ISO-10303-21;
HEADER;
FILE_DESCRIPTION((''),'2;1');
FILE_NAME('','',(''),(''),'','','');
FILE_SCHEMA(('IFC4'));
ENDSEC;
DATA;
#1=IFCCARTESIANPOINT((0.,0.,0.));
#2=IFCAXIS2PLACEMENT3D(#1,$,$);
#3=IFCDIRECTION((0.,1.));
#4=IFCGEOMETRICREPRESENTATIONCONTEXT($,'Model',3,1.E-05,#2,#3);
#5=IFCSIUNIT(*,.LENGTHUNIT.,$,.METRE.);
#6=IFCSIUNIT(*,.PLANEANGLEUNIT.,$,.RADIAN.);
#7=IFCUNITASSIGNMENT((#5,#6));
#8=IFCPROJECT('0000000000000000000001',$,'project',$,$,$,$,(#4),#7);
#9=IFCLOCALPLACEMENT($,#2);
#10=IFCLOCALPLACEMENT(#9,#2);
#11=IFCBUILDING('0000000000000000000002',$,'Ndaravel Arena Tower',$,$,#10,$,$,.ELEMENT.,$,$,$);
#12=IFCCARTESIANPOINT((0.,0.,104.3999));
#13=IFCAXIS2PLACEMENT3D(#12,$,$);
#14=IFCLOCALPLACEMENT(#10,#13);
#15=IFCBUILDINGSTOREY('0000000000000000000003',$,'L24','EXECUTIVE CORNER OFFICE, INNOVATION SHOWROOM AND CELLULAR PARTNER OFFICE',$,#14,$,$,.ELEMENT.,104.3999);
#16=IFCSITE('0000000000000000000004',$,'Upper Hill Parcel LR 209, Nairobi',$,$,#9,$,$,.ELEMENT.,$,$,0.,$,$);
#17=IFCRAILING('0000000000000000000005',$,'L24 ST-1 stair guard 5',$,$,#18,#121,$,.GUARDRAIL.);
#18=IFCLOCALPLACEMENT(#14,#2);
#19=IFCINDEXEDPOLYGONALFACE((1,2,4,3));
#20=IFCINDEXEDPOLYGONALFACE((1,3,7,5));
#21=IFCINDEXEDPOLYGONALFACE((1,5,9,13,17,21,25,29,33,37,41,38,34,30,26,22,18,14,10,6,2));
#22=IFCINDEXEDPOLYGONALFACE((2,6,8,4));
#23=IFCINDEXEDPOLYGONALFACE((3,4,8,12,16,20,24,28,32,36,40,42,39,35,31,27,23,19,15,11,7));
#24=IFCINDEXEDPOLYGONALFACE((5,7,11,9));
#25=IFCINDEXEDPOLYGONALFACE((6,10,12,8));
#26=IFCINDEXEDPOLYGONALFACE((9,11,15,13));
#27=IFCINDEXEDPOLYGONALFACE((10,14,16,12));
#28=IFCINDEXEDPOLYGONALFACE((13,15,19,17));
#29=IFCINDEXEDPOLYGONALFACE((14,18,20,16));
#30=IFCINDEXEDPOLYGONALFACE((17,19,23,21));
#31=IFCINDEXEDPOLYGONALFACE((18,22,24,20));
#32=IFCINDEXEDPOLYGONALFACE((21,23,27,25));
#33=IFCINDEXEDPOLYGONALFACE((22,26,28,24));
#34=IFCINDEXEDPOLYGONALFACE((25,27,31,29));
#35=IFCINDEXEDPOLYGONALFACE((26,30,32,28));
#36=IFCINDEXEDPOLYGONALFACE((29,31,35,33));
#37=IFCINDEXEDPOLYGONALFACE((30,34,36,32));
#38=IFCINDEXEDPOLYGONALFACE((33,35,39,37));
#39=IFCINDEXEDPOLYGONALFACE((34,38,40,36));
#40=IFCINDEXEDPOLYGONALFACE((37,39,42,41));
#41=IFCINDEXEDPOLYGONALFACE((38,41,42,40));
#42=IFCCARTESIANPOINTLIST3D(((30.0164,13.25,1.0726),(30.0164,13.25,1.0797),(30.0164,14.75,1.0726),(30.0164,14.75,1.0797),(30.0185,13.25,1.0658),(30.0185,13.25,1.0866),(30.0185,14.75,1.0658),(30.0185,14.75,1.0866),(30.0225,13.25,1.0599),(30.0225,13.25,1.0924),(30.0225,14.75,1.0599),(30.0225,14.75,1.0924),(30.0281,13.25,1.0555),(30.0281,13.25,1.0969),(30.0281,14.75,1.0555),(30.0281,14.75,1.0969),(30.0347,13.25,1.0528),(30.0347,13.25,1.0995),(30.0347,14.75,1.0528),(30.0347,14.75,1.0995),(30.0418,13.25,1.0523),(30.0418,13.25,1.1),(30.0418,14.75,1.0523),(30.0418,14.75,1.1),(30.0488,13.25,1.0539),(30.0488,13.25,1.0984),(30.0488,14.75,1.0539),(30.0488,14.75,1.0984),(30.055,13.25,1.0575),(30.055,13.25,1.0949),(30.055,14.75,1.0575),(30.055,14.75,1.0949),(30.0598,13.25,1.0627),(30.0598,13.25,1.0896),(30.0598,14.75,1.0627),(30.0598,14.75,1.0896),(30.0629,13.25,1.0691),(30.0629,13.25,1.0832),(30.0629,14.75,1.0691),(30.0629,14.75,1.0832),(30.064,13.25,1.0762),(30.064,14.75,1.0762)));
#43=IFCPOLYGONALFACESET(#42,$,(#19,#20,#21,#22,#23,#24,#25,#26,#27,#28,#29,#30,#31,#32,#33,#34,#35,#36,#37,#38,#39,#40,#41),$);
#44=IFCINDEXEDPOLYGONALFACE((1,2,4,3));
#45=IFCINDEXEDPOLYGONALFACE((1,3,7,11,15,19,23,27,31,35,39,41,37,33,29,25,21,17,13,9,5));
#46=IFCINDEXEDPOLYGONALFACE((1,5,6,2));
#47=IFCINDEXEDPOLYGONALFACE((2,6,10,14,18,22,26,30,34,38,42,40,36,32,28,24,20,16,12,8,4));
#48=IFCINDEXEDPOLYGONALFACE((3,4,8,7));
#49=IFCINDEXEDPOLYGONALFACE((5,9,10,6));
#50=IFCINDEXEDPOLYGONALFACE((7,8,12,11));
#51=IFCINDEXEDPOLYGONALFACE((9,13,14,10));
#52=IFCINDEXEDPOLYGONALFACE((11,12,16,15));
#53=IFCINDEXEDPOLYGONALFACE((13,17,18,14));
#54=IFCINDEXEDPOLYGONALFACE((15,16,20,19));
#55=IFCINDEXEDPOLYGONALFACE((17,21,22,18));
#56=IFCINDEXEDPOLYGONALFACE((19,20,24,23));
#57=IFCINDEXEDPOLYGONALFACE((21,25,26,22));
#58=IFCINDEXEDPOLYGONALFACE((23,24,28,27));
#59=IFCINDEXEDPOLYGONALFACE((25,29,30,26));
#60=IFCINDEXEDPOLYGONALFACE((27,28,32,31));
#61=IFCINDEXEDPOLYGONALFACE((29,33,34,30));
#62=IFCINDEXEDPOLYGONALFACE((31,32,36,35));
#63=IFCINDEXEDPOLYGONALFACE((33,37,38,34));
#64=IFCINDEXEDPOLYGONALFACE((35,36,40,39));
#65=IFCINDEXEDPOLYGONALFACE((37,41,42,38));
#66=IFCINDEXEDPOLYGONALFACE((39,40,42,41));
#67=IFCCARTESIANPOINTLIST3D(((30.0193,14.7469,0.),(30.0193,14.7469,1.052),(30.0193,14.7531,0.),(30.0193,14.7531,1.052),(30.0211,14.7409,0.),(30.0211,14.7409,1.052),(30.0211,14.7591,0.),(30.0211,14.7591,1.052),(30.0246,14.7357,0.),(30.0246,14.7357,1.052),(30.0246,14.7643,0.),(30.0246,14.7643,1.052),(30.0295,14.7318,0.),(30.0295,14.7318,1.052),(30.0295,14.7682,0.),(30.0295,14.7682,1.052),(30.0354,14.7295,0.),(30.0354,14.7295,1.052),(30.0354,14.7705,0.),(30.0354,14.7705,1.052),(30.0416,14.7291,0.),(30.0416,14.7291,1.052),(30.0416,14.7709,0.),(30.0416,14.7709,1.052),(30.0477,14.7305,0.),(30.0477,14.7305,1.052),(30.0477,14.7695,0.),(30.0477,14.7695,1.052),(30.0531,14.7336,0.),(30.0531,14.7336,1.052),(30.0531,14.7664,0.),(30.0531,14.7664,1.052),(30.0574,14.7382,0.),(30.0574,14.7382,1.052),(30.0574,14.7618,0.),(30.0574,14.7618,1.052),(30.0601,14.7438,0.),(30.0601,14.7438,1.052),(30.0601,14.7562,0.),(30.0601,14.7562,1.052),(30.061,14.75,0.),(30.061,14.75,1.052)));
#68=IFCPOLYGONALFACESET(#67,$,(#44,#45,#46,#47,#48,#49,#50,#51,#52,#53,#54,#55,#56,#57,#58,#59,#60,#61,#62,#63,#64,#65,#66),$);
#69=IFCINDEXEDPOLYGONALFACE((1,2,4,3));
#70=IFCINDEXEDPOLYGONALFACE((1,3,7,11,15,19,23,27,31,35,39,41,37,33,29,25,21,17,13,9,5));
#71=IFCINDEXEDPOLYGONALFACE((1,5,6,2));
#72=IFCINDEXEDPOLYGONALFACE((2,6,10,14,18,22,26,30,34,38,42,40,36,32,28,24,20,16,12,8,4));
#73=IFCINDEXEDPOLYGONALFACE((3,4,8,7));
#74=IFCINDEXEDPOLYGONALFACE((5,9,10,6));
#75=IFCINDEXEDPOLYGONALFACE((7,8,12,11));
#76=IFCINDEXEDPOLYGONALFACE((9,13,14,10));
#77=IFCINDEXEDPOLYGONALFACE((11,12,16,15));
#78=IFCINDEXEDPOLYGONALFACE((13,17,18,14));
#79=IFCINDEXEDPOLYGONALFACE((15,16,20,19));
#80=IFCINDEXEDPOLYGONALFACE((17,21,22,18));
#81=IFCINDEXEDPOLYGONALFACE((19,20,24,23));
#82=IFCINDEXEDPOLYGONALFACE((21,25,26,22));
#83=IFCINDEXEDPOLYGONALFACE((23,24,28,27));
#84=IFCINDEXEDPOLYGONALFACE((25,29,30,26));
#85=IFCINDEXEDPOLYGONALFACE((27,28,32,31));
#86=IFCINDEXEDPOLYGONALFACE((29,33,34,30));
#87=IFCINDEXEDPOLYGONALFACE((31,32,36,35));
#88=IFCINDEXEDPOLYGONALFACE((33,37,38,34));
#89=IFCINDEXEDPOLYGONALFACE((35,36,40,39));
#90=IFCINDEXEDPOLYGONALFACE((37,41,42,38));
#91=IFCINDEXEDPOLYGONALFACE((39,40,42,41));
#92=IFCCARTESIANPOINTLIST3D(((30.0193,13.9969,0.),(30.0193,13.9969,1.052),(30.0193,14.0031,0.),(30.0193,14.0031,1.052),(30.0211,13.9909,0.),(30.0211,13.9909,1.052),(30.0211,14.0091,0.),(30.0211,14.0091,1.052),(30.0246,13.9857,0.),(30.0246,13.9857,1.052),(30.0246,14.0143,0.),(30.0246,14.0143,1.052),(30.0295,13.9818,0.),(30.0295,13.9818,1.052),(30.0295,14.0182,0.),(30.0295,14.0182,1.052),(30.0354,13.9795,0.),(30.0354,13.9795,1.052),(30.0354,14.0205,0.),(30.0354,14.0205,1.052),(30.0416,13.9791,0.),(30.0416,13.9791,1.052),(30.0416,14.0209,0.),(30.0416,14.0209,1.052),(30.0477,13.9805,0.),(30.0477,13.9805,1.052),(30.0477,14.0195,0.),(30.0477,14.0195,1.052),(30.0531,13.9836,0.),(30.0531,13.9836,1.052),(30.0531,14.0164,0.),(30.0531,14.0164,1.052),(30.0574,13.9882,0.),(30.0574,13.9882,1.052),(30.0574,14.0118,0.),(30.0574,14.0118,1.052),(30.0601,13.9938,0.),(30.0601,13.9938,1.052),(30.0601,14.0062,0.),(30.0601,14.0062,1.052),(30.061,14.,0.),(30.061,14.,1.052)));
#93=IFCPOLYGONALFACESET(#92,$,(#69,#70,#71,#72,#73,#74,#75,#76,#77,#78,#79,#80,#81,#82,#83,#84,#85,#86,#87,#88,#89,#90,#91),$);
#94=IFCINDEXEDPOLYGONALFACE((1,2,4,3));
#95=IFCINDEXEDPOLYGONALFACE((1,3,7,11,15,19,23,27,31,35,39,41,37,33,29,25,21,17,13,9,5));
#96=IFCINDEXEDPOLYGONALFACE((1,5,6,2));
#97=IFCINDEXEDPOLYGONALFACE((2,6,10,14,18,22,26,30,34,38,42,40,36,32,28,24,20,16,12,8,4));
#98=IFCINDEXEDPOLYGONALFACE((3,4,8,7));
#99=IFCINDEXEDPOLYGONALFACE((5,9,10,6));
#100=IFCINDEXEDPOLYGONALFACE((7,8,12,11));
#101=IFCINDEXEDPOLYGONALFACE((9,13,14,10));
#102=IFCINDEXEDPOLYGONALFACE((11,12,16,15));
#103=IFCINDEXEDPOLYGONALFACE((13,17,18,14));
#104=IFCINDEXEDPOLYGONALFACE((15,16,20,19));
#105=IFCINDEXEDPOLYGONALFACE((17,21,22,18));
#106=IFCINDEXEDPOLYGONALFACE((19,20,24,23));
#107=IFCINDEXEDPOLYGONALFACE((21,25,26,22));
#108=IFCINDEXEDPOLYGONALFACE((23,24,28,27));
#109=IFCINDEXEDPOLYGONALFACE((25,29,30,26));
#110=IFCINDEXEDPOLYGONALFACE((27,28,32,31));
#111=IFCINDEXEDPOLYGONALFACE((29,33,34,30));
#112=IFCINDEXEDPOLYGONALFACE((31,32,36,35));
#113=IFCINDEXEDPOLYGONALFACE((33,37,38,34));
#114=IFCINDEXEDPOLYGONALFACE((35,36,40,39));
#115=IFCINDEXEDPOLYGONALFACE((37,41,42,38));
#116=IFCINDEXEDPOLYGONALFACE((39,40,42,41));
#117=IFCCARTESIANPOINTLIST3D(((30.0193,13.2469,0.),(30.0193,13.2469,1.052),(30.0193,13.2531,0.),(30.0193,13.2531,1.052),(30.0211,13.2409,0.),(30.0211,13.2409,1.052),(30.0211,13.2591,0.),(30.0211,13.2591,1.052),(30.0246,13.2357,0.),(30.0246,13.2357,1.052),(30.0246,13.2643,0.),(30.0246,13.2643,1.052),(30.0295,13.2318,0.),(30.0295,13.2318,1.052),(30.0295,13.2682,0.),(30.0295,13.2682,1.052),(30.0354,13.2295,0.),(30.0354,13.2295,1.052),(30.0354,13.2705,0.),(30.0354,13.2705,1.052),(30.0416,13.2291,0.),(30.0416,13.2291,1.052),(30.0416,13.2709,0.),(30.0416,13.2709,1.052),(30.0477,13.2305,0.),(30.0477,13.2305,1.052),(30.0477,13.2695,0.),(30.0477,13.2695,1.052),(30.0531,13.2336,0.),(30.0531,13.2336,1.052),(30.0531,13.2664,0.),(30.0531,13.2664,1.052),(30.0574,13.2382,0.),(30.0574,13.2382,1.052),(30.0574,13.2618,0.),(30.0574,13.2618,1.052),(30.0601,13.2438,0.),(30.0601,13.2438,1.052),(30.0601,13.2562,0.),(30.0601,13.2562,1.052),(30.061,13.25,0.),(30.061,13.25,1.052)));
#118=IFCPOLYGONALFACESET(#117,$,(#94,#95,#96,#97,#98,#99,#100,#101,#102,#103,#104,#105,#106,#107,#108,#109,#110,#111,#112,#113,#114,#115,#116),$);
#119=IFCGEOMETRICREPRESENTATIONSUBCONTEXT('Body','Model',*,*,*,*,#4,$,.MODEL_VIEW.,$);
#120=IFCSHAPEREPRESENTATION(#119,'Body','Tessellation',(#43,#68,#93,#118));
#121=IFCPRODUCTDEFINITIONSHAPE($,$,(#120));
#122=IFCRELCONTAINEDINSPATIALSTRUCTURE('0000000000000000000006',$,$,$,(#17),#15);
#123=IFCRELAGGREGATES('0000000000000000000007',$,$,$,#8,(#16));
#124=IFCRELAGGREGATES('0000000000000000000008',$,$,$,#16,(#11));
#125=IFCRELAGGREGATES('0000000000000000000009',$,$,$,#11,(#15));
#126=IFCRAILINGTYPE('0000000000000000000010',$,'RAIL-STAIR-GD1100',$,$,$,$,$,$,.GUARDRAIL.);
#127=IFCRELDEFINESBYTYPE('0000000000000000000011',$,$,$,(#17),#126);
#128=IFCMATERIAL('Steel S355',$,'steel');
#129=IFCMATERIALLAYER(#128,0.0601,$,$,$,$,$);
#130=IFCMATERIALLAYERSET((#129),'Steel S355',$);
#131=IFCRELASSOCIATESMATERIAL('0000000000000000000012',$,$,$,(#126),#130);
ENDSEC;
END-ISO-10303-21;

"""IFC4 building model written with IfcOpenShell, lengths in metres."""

from ifc_helpers import new_model, si_unit, direction, frame, origin, origin_2d, place, context, subcontext, project, spatial, circle, extrude, material, layer, layer_set, type_object, element, save


model = new_model("IFC4")

# Units and contexts
model_context = context("Model", 3, precision=1e-05, world=origin(), true_north=direction((0.0, 1.0)))
body_context = subcontext(model_context, "Body", "Model", "MODEL_VIEW")
ifc_project = project(units=[si_unit("LENGTHUNIT", "METRE"), si_unit("PLANEANGLEUNIT", "RADIAN")], contexts=[model_context])

# Site, building, storey
site_placement = place(None, origin())
site = spatial("IfcSite", under=ifc_project, at=site_placement, Name="Upper Hill Parcel LR 209, Nairobi", CompositionType="ELEMENT", RefElevation=0.0)
building_placement = place(site_placement, origin())
building = spatial("IfcBuilding", under=site, at=building_placement, Name="Ndaravel Arena Tower", CompositionType="ELEMENT")
storey_placement = place(building_placement, frame((0.0, 0.0, 104.3999)))
storey = spatial("IfcBuildingStorey", under=building, at=storey_placement, Name="L24", Description="EXECUTIVE CORNER OFFICE, INNOVATION SHOWROOM AND CELLULAR PARTNER OFFICE", CompositionType="ELEMENT", Elevation=104.3999)

# Railing
ifc_material_1 = material(Name="Steel S355", Category="steel")
ifc_layer_1 = layer(ifc_material_1, 0.0601)
ifc_layer_set_1 = layer_set([ifc_layer_1], Name="Steel S355")
railing_type = type_object("IfcRailingType", Name="RAIL-STAIR-GD1100", PredefinedType="GUARDRAIL", material=ifc_layer_set_1)
railing_placement = place(storey_placement, frame((30.04, 14.75, 0.0)))
element("IfcRailing", 1, at=railing_placement, inside=storey, type_object=railing_type, Name="L24 ST-1 stair guard 5", PredefinedType="GUARDRAIL", context=body_context, shape_type="SweptSolid", body=[
    extrude(circle(Radius=0.0239, at=origin_2d()), frame((0.0, 0.0, 1.0762), z_axis=(0.0, -1.0, 0.0), x_axis=(1.0, 0.0, 0.0)), (0.0, 0.0, 1.0), 1.5),
    extrude(circle(Radius=0.021, at=origin_2d()), origin(), (0.0, 0.0, 1.0), 1.052),
    extrude(circle(Radius=0.021, at=origin_2d()), frame((0.0, -0.75, 0.0)), (0.0, 0.0, 1.0), 1.052),
    extrude(circle(Radius=0.021, at=origin_2d()), frame((0.0, -1.5, 0.0)), (0.0, 0.0, 1.0), 1.052),
])

save(model, "model.ifc")
